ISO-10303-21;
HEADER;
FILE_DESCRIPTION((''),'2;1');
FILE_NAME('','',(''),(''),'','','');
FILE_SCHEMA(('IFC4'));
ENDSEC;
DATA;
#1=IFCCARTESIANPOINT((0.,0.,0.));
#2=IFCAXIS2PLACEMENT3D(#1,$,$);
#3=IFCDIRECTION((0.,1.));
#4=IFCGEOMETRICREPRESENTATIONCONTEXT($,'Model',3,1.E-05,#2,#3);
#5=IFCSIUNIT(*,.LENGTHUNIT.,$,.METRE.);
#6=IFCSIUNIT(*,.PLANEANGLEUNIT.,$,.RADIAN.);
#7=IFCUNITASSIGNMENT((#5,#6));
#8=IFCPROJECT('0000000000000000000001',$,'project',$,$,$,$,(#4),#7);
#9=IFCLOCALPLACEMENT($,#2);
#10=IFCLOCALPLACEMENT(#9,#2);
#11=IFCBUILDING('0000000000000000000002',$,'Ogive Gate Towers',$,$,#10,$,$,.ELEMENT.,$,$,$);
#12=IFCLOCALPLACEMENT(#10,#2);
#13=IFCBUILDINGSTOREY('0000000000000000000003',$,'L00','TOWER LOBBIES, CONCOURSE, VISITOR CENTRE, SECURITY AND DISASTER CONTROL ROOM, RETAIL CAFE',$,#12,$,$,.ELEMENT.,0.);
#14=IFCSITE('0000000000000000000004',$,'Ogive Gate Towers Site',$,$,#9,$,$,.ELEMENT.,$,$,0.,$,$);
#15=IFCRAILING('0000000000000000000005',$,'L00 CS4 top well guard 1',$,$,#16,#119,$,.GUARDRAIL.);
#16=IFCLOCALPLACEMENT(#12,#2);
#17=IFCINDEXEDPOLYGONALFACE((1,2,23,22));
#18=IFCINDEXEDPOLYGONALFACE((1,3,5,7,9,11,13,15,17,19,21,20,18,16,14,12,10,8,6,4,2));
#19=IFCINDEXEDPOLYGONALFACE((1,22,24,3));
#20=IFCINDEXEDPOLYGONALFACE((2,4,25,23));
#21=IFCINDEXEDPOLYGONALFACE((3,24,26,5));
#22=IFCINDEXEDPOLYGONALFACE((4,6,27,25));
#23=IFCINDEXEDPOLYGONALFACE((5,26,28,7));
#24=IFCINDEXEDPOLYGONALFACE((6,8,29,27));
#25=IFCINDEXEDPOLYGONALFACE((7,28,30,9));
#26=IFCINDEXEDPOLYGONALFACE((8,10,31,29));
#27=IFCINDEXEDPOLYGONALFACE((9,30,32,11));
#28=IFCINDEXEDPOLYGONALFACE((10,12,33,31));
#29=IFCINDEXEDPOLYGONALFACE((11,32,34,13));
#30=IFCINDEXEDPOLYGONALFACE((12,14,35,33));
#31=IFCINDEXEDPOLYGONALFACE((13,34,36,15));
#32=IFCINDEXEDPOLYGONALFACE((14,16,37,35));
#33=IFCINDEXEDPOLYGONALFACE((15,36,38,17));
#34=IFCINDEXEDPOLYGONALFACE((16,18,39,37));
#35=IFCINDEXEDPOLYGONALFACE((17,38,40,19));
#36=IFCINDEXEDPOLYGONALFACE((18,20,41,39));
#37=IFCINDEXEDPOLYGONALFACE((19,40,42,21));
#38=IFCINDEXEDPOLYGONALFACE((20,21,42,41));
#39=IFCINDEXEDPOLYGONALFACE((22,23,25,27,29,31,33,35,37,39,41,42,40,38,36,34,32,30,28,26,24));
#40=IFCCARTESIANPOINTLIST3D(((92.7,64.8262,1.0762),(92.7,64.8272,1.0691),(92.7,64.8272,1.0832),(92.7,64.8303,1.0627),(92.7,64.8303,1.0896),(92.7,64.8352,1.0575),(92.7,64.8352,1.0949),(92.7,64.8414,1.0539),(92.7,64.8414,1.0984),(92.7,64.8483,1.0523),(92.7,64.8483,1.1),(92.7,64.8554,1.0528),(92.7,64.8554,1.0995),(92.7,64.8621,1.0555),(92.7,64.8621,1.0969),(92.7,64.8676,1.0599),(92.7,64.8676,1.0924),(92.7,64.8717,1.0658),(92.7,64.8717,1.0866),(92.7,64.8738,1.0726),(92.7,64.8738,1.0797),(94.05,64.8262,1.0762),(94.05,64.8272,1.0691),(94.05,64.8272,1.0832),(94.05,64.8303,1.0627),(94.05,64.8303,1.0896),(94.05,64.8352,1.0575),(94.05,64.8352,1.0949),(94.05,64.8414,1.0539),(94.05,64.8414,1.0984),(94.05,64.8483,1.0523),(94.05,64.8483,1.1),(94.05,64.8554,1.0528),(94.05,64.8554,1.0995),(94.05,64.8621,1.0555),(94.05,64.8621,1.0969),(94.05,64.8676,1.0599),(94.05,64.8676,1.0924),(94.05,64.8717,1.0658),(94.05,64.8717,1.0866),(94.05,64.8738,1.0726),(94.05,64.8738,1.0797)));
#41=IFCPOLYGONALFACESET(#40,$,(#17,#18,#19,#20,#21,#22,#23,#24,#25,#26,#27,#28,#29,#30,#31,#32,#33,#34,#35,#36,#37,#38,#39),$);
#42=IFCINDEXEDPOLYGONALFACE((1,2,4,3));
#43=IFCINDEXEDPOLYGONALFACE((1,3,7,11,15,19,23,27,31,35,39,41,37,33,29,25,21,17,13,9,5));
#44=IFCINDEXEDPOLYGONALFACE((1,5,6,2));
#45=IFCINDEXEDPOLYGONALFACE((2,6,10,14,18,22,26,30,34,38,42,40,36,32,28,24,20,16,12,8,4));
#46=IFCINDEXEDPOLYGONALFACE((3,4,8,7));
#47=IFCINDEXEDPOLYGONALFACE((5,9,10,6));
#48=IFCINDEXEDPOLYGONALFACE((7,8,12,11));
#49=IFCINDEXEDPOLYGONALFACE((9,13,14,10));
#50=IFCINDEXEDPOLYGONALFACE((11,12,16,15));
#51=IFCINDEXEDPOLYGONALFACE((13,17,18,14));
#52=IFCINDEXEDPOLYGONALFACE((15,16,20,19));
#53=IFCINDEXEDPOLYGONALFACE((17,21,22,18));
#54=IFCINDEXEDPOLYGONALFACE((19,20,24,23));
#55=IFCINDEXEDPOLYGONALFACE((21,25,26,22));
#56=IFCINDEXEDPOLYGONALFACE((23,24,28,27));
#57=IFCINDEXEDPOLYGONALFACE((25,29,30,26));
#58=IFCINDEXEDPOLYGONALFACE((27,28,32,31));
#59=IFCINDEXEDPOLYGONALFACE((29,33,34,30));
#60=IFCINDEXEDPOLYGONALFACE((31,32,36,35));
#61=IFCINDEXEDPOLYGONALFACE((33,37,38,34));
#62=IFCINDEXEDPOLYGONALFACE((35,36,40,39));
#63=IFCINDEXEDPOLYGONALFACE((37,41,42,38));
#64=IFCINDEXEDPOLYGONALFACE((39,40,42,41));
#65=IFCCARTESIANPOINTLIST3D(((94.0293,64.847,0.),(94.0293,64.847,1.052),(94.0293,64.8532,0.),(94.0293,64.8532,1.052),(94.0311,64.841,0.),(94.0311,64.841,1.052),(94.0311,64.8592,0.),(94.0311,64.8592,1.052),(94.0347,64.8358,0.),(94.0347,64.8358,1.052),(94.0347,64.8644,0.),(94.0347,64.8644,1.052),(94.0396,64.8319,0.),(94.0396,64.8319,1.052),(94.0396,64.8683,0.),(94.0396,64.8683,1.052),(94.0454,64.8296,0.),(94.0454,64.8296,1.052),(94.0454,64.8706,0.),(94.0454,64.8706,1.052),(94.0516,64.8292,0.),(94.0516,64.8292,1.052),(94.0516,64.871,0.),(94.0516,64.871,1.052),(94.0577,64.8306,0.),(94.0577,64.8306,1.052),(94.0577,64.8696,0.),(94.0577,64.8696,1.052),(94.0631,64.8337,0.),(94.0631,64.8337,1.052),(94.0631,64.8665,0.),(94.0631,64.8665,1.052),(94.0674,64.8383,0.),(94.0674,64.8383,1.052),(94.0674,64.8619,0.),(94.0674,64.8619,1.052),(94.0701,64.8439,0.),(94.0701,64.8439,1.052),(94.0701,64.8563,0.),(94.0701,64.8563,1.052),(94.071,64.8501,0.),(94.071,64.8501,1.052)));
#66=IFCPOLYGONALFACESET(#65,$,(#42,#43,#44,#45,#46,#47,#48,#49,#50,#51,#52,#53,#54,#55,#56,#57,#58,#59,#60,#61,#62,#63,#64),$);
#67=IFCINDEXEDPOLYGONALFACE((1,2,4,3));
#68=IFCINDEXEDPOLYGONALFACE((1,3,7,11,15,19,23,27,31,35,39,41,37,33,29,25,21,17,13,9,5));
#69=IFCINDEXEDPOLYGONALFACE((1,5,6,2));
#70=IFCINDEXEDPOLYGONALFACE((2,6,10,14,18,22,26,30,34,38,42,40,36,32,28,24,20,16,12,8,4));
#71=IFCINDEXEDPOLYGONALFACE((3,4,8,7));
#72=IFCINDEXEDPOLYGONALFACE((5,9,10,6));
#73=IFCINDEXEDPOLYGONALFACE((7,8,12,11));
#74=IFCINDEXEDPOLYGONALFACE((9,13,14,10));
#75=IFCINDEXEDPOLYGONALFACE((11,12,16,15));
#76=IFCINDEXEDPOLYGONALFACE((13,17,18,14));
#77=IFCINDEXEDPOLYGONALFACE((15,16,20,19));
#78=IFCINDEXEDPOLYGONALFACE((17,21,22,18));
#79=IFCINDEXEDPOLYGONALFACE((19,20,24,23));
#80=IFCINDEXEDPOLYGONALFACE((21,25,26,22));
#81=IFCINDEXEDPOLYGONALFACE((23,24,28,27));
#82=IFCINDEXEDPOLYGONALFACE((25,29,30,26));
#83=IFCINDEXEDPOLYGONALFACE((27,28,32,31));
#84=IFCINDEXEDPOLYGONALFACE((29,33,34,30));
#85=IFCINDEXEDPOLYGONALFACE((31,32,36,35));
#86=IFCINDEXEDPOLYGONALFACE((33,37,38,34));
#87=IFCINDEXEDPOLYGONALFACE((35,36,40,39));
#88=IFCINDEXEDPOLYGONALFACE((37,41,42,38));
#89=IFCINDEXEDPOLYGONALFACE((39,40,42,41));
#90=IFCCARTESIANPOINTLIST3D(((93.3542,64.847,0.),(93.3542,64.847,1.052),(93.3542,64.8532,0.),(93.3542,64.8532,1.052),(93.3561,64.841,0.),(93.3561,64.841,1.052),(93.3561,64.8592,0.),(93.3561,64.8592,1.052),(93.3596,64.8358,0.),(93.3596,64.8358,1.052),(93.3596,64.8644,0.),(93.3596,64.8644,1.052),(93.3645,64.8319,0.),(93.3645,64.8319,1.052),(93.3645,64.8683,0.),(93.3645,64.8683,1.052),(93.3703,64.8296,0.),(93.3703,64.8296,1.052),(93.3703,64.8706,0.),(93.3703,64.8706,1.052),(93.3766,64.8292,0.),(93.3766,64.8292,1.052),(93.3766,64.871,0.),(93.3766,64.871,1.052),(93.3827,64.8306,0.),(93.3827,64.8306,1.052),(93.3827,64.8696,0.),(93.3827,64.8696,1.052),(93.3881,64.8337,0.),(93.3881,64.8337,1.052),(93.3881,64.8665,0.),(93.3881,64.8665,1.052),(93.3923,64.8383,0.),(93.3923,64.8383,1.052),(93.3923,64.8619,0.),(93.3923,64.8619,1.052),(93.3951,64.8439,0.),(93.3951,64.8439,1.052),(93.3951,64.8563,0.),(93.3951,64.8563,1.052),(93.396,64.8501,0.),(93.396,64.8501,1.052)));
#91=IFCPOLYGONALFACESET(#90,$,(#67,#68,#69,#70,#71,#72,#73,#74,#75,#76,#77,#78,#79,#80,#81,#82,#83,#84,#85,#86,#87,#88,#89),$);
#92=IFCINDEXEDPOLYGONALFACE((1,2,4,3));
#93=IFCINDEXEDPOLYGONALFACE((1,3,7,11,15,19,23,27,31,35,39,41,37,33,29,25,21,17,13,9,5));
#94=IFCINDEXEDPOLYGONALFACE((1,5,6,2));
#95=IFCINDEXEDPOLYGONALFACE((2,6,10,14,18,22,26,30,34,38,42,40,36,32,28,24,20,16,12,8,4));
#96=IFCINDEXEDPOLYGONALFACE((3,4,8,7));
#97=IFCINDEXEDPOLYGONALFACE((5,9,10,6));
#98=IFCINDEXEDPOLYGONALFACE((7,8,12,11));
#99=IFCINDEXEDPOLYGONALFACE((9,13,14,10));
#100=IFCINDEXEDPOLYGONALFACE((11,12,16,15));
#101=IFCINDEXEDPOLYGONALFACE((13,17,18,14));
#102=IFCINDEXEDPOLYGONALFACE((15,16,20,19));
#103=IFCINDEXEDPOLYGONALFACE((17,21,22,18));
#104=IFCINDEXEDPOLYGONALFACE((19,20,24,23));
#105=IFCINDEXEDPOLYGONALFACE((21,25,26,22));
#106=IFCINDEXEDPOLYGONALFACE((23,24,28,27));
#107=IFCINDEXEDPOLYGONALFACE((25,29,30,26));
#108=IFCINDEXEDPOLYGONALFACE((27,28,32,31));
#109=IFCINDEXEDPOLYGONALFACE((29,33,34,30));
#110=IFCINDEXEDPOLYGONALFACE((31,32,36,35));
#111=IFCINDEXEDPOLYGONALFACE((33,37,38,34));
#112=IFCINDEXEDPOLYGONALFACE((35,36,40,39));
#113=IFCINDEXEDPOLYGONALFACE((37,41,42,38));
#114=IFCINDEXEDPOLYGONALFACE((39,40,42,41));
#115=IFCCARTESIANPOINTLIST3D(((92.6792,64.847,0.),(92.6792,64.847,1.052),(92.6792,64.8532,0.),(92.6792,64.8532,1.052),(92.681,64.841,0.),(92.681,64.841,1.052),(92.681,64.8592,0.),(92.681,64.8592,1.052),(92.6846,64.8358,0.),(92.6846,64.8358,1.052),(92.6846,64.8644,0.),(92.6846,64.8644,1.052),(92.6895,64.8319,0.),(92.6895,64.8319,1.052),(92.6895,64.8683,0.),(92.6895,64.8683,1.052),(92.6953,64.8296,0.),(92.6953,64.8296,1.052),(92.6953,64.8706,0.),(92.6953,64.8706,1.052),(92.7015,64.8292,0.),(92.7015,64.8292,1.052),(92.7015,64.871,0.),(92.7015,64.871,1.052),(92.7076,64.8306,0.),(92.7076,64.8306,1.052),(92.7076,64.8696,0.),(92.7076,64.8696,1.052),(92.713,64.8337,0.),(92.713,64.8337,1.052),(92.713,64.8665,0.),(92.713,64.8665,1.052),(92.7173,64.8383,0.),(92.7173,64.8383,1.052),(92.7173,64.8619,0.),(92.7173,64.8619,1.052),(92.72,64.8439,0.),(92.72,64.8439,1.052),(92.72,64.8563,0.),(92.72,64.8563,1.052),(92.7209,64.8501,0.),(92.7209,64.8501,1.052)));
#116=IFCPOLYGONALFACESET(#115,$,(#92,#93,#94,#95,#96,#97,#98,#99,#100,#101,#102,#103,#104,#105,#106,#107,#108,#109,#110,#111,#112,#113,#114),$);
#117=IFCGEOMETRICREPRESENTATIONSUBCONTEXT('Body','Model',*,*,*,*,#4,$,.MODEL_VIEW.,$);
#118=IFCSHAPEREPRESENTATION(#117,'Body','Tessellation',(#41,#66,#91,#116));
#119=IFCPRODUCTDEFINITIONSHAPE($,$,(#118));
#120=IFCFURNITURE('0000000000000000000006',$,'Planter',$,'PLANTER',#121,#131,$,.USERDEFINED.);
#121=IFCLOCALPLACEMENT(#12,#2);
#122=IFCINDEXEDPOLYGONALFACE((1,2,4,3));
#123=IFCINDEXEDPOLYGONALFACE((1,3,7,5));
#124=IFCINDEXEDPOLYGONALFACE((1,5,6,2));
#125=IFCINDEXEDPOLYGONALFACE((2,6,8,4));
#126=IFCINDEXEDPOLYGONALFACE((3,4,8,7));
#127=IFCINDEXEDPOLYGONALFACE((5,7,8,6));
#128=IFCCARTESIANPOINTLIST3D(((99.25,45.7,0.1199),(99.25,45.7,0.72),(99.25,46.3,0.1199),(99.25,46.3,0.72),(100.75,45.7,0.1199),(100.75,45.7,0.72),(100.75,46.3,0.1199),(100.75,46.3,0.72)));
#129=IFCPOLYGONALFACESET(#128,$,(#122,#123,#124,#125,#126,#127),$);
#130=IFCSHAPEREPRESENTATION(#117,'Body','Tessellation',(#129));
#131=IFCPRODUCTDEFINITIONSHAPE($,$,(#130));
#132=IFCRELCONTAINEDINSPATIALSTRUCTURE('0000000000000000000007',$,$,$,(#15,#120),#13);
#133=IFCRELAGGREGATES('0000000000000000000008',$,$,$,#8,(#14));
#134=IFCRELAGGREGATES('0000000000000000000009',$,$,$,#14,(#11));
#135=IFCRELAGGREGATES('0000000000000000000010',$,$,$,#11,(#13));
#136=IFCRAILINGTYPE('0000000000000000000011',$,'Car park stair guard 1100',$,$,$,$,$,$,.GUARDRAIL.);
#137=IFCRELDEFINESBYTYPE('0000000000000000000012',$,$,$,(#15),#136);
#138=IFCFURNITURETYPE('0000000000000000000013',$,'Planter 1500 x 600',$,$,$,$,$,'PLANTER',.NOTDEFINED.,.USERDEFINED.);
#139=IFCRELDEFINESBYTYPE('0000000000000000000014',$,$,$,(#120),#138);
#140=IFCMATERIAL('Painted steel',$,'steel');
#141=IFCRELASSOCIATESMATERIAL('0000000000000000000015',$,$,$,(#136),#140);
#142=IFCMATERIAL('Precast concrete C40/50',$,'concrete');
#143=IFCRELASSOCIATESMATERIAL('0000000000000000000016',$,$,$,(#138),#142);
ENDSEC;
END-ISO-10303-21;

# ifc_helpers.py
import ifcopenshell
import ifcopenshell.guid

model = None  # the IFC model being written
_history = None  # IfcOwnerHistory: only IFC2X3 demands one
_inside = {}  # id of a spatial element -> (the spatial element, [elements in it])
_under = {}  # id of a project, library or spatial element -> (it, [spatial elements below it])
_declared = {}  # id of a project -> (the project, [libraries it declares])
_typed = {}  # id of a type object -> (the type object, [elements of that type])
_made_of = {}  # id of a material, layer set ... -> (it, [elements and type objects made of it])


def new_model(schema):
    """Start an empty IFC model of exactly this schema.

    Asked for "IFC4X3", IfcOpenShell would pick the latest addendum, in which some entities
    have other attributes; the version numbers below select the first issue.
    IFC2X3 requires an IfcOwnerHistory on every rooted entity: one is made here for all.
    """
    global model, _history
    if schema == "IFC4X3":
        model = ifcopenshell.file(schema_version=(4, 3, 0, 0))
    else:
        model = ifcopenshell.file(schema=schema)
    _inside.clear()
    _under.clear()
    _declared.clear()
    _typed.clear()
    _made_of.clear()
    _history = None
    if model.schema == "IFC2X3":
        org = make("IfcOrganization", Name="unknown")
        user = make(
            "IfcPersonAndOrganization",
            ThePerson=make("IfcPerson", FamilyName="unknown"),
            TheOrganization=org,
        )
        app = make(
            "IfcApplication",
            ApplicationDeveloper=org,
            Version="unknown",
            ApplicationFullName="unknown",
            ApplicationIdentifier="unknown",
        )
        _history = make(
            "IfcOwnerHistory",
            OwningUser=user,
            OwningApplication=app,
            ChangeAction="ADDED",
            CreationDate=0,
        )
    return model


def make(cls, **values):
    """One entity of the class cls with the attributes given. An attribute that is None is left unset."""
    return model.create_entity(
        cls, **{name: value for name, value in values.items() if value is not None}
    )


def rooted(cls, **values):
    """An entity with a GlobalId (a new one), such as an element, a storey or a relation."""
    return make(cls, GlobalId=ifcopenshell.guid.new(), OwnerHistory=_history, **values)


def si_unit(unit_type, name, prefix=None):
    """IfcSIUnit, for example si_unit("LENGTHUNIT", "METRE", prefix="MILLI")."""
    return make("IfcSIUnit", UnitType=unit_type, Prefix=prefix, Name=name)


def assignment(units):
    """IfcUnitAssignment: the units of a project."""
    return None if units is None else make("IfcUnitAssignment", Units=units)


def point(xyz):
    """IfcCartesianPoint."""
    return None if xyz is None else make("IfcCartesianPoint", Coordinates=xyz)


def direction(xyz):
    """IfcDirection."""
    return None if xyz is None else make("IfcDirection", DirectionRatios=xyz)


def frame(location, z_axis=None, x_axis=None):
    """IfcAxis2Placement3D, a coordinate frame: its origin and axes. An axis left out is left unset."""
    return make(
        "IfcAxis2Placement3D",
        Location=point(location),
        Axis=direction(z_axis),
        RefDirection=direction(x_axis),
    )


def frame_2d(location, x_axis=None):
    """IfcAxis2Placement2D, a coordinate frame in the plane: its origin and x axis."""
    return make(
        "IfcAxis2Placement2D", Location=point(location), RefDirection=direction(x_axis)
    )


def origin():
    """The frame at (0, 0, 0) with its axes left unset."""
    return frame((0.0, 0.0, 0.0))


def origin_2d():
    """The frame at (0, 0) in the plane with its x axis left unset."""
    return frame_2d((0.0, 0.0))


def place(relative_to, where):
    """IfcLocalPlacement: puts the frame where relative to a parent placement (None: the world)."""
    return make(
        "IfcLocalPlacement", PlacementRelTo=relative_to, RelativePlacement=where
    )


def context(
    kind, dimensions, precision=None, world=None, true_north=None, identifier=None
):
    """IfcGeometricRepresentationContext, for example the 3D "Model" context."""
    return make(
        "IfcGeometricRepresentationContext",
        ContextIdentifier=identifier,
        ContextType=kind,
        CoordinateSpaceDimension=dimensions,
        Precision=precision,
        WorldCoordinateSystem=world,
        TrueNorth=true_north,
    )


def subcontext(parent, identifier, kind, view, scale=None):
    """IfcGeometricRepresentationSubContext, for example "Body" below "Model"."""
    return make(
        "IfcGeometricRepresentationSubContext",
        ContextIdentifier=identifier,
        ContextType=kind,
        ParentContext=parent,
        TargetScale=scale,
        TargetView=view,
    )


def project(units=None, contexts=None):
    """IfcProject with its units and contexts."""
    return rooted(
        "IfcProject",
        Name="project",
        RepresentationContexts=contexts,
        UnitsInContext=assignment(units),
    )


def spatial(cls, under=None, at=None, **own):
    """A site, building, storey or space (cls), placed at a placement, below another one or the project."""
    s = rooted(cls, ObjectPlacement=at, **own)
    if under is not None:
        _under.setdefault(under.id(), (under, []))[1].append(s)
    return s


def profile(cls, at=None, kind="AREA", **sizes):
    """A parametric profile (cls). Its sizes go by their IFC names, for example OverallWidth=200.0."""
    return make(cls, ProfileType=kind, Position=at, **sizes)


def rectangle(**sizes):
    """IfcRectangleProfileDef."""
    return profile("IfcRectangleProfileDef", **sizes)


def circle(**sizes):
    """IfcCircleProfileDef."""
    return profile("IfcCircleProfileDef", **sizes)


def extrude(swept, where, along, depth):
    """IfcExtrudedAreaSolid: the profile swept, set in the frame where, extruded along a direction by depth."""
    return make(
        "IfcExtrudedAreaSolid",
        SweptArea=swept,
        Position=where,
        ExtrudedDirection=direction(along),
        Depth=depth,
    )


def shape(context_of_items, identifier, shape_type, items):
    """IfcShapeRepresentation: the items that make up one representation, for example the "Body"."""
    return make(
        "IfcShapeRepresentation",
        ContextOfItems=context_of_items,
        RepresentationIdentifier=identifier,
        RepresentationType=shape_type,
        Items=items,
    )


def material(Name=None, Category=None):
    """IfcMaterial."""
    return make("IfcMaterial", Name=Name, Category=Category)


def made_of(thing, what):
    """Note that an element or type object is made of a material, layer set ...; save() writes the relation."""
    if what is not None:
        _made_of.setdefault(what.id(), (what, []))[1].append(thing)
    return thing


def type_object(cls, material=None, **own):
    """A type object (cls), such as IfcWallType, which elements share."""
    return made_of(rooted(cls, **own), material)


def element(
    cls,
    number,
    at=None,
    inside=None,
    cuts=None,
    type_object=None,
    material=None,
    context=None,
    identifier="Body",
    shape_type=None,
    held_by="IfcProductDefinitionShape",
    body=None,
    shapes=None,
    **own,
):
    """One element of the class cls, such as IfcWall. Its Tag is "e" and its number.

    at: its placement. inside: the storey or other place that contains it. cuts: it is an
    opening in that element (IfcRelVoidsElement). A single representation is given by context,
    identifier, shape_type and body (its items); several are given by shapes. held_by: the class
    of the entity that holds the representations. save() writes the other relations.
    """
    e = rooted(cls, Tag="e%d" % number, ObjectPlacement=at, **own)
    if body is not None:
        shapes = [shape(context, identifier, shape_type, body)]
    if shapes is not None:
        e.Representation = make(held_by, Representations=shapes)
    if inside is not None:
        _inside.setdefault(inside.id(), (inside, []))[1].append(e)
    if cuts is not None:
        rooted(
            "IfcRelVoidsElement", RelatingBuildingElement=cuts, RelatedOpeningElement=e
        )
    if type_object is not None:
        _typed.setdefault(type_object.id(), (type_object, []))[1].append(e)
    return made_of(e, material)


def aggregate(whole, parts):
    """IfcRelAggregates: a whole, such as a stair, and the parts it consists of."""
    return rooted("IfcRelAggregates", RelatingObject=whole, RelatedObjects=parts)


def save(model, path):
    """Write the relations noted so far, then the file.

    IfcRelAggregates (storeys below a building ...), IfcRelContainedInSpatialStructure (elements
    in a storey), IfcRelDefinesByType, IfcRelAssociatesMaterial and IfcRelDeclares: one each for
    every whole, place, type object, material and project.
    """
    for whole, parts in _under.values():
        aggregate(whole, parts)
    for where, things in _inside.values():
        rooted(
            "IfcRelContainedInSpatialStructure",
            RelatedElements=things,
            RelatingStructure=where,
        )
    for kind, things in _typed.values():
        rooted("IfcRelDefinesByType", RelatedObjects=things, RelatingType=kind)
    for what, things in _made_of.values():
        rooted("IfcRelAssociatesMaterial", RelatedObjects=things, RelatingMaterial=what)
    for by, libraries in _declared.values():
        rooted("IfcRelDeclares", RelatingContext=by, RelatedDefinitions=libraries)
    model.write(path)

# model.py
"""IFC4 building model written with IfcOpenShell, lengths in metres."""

from ifc_helpers import new_model, si_unit, direction, frame, origin, origin_2d, place, context, subcontext, project, spatial, rectangle, circle, extrude, material, type_object, element, save


model = new_model("IFC4")

# Units and contexts
model_context = context("Model", 3, precision=1e-05, world=origin(), true_north=direction((0.0, 1.0)))
body_context = subcontext(model_context, "Body", "Model", "MODEL_VIEW")
ifc_project = project(units=[si_unit("LENGTHUNIT", "METRE"), si_unit("PLANEANGLEUNIT", "RADIAN")], contexts=[model_context])

# Site, building, storey
site_placement = place(None, origin())
site = spatial("IfcSite", under=ifc_project, at=site_placement, Name="Ogive Gate Towers Site", CompositionType="ELEMENT", RefElevation=0.0)
building_placement = place(site_placement, origin())
building = spatial("IfcBuilding", under=site, at=building_placement, Name="Ogive Gate Towers", CompositionType="ELEMENT")
storey_placement = place(building_placement, origin())
storey = spatial("IfcBuildingStorey", under=building, at=storey_placement, Name="L00", Description="TOWER LOBBIES, CONCOURSE, VISITOR CENTRE, SECURITY AND DISASTER CONTROL ROOM, RETAIL CAFE", CompositionType="ELEMENT", Elevation=0.0)

# Shared definitions
ifc_material_1 = material(Name="Precast concrete C40/50", Category="concrete")

# Railing
ifc_material_2 = material(Name="Painted steel", Category="steel")
railing_type_1 = type_object("IfcRailingType", Name="Car park stair guard 1100", PredefinedType="GUARDRAIL", material=ifc_material_2)
railing_1_placement = place(storey_placement, frame((94.05, 64.8501, 0.0)))
element("IfcRailing", 1, at=railing_1_placement, inside=storey, type_object=railing_type_1, Name="L00 CS4 top well guard 1", PredefinedType="GUARDRAIL", context=body_context, shape_type="SweptSolid", body=[
    extrude(circle(Radius=0.0239, at=origin_2d()), frame((0.0, 0.0, 1.0762), z_axis=(-1.0, 0.0, 0.0), x_axis=(0.0, -1.0, 0.0)), (0.0, 0.0, 1.0), 1.3501),
    extrude(circle(Radius=0.021, at=origin_2d()), origin(), (0.0, 0.0, 1.0), 1.052),
    extrude(circle(Radius=0.021, at=origin_2d()), frame((-0.675, 0.0, 0.0)), (0.0, 0.0, 1.0), 1.052),
    extrude(circle(Radius=0.021, at=origin_2d()), frame((-1.3501, 0.0, 0.0)), (0.0, 0.0, 1.0), 1.052),
])

# Furniture
furniture_type = type_object("IfcFurnitureType", Name="Planter 1500 x 600", ElementType="PLANTER", AssemblyPlace="NOTDEFINED", PredefinedType="USERDEFINED", material=ifc_material_1)
furniture_placement = place(storey_placement, frame((100.0, 46.0, 0.1199), z_axis=(0.0, 0.0, 1.0), x_axis=(1.0, 0.0, 0.0)))
element("IfcFurniture", 2, at=furniture_placement, inside=storey, type_object=furniture_type, Name="Planter", ObjectType="PLANTER", PredefinedType="USERDEFINED", context=body_context, shape_type="SweptSolid", body=[
    extrude(rectangle(XDim=1.5, YDim=0.6001, at=origin_2d()), origin(), (0.0, 0.0, 1.0), 0.6001),
])

save(model, "model.ifc")
